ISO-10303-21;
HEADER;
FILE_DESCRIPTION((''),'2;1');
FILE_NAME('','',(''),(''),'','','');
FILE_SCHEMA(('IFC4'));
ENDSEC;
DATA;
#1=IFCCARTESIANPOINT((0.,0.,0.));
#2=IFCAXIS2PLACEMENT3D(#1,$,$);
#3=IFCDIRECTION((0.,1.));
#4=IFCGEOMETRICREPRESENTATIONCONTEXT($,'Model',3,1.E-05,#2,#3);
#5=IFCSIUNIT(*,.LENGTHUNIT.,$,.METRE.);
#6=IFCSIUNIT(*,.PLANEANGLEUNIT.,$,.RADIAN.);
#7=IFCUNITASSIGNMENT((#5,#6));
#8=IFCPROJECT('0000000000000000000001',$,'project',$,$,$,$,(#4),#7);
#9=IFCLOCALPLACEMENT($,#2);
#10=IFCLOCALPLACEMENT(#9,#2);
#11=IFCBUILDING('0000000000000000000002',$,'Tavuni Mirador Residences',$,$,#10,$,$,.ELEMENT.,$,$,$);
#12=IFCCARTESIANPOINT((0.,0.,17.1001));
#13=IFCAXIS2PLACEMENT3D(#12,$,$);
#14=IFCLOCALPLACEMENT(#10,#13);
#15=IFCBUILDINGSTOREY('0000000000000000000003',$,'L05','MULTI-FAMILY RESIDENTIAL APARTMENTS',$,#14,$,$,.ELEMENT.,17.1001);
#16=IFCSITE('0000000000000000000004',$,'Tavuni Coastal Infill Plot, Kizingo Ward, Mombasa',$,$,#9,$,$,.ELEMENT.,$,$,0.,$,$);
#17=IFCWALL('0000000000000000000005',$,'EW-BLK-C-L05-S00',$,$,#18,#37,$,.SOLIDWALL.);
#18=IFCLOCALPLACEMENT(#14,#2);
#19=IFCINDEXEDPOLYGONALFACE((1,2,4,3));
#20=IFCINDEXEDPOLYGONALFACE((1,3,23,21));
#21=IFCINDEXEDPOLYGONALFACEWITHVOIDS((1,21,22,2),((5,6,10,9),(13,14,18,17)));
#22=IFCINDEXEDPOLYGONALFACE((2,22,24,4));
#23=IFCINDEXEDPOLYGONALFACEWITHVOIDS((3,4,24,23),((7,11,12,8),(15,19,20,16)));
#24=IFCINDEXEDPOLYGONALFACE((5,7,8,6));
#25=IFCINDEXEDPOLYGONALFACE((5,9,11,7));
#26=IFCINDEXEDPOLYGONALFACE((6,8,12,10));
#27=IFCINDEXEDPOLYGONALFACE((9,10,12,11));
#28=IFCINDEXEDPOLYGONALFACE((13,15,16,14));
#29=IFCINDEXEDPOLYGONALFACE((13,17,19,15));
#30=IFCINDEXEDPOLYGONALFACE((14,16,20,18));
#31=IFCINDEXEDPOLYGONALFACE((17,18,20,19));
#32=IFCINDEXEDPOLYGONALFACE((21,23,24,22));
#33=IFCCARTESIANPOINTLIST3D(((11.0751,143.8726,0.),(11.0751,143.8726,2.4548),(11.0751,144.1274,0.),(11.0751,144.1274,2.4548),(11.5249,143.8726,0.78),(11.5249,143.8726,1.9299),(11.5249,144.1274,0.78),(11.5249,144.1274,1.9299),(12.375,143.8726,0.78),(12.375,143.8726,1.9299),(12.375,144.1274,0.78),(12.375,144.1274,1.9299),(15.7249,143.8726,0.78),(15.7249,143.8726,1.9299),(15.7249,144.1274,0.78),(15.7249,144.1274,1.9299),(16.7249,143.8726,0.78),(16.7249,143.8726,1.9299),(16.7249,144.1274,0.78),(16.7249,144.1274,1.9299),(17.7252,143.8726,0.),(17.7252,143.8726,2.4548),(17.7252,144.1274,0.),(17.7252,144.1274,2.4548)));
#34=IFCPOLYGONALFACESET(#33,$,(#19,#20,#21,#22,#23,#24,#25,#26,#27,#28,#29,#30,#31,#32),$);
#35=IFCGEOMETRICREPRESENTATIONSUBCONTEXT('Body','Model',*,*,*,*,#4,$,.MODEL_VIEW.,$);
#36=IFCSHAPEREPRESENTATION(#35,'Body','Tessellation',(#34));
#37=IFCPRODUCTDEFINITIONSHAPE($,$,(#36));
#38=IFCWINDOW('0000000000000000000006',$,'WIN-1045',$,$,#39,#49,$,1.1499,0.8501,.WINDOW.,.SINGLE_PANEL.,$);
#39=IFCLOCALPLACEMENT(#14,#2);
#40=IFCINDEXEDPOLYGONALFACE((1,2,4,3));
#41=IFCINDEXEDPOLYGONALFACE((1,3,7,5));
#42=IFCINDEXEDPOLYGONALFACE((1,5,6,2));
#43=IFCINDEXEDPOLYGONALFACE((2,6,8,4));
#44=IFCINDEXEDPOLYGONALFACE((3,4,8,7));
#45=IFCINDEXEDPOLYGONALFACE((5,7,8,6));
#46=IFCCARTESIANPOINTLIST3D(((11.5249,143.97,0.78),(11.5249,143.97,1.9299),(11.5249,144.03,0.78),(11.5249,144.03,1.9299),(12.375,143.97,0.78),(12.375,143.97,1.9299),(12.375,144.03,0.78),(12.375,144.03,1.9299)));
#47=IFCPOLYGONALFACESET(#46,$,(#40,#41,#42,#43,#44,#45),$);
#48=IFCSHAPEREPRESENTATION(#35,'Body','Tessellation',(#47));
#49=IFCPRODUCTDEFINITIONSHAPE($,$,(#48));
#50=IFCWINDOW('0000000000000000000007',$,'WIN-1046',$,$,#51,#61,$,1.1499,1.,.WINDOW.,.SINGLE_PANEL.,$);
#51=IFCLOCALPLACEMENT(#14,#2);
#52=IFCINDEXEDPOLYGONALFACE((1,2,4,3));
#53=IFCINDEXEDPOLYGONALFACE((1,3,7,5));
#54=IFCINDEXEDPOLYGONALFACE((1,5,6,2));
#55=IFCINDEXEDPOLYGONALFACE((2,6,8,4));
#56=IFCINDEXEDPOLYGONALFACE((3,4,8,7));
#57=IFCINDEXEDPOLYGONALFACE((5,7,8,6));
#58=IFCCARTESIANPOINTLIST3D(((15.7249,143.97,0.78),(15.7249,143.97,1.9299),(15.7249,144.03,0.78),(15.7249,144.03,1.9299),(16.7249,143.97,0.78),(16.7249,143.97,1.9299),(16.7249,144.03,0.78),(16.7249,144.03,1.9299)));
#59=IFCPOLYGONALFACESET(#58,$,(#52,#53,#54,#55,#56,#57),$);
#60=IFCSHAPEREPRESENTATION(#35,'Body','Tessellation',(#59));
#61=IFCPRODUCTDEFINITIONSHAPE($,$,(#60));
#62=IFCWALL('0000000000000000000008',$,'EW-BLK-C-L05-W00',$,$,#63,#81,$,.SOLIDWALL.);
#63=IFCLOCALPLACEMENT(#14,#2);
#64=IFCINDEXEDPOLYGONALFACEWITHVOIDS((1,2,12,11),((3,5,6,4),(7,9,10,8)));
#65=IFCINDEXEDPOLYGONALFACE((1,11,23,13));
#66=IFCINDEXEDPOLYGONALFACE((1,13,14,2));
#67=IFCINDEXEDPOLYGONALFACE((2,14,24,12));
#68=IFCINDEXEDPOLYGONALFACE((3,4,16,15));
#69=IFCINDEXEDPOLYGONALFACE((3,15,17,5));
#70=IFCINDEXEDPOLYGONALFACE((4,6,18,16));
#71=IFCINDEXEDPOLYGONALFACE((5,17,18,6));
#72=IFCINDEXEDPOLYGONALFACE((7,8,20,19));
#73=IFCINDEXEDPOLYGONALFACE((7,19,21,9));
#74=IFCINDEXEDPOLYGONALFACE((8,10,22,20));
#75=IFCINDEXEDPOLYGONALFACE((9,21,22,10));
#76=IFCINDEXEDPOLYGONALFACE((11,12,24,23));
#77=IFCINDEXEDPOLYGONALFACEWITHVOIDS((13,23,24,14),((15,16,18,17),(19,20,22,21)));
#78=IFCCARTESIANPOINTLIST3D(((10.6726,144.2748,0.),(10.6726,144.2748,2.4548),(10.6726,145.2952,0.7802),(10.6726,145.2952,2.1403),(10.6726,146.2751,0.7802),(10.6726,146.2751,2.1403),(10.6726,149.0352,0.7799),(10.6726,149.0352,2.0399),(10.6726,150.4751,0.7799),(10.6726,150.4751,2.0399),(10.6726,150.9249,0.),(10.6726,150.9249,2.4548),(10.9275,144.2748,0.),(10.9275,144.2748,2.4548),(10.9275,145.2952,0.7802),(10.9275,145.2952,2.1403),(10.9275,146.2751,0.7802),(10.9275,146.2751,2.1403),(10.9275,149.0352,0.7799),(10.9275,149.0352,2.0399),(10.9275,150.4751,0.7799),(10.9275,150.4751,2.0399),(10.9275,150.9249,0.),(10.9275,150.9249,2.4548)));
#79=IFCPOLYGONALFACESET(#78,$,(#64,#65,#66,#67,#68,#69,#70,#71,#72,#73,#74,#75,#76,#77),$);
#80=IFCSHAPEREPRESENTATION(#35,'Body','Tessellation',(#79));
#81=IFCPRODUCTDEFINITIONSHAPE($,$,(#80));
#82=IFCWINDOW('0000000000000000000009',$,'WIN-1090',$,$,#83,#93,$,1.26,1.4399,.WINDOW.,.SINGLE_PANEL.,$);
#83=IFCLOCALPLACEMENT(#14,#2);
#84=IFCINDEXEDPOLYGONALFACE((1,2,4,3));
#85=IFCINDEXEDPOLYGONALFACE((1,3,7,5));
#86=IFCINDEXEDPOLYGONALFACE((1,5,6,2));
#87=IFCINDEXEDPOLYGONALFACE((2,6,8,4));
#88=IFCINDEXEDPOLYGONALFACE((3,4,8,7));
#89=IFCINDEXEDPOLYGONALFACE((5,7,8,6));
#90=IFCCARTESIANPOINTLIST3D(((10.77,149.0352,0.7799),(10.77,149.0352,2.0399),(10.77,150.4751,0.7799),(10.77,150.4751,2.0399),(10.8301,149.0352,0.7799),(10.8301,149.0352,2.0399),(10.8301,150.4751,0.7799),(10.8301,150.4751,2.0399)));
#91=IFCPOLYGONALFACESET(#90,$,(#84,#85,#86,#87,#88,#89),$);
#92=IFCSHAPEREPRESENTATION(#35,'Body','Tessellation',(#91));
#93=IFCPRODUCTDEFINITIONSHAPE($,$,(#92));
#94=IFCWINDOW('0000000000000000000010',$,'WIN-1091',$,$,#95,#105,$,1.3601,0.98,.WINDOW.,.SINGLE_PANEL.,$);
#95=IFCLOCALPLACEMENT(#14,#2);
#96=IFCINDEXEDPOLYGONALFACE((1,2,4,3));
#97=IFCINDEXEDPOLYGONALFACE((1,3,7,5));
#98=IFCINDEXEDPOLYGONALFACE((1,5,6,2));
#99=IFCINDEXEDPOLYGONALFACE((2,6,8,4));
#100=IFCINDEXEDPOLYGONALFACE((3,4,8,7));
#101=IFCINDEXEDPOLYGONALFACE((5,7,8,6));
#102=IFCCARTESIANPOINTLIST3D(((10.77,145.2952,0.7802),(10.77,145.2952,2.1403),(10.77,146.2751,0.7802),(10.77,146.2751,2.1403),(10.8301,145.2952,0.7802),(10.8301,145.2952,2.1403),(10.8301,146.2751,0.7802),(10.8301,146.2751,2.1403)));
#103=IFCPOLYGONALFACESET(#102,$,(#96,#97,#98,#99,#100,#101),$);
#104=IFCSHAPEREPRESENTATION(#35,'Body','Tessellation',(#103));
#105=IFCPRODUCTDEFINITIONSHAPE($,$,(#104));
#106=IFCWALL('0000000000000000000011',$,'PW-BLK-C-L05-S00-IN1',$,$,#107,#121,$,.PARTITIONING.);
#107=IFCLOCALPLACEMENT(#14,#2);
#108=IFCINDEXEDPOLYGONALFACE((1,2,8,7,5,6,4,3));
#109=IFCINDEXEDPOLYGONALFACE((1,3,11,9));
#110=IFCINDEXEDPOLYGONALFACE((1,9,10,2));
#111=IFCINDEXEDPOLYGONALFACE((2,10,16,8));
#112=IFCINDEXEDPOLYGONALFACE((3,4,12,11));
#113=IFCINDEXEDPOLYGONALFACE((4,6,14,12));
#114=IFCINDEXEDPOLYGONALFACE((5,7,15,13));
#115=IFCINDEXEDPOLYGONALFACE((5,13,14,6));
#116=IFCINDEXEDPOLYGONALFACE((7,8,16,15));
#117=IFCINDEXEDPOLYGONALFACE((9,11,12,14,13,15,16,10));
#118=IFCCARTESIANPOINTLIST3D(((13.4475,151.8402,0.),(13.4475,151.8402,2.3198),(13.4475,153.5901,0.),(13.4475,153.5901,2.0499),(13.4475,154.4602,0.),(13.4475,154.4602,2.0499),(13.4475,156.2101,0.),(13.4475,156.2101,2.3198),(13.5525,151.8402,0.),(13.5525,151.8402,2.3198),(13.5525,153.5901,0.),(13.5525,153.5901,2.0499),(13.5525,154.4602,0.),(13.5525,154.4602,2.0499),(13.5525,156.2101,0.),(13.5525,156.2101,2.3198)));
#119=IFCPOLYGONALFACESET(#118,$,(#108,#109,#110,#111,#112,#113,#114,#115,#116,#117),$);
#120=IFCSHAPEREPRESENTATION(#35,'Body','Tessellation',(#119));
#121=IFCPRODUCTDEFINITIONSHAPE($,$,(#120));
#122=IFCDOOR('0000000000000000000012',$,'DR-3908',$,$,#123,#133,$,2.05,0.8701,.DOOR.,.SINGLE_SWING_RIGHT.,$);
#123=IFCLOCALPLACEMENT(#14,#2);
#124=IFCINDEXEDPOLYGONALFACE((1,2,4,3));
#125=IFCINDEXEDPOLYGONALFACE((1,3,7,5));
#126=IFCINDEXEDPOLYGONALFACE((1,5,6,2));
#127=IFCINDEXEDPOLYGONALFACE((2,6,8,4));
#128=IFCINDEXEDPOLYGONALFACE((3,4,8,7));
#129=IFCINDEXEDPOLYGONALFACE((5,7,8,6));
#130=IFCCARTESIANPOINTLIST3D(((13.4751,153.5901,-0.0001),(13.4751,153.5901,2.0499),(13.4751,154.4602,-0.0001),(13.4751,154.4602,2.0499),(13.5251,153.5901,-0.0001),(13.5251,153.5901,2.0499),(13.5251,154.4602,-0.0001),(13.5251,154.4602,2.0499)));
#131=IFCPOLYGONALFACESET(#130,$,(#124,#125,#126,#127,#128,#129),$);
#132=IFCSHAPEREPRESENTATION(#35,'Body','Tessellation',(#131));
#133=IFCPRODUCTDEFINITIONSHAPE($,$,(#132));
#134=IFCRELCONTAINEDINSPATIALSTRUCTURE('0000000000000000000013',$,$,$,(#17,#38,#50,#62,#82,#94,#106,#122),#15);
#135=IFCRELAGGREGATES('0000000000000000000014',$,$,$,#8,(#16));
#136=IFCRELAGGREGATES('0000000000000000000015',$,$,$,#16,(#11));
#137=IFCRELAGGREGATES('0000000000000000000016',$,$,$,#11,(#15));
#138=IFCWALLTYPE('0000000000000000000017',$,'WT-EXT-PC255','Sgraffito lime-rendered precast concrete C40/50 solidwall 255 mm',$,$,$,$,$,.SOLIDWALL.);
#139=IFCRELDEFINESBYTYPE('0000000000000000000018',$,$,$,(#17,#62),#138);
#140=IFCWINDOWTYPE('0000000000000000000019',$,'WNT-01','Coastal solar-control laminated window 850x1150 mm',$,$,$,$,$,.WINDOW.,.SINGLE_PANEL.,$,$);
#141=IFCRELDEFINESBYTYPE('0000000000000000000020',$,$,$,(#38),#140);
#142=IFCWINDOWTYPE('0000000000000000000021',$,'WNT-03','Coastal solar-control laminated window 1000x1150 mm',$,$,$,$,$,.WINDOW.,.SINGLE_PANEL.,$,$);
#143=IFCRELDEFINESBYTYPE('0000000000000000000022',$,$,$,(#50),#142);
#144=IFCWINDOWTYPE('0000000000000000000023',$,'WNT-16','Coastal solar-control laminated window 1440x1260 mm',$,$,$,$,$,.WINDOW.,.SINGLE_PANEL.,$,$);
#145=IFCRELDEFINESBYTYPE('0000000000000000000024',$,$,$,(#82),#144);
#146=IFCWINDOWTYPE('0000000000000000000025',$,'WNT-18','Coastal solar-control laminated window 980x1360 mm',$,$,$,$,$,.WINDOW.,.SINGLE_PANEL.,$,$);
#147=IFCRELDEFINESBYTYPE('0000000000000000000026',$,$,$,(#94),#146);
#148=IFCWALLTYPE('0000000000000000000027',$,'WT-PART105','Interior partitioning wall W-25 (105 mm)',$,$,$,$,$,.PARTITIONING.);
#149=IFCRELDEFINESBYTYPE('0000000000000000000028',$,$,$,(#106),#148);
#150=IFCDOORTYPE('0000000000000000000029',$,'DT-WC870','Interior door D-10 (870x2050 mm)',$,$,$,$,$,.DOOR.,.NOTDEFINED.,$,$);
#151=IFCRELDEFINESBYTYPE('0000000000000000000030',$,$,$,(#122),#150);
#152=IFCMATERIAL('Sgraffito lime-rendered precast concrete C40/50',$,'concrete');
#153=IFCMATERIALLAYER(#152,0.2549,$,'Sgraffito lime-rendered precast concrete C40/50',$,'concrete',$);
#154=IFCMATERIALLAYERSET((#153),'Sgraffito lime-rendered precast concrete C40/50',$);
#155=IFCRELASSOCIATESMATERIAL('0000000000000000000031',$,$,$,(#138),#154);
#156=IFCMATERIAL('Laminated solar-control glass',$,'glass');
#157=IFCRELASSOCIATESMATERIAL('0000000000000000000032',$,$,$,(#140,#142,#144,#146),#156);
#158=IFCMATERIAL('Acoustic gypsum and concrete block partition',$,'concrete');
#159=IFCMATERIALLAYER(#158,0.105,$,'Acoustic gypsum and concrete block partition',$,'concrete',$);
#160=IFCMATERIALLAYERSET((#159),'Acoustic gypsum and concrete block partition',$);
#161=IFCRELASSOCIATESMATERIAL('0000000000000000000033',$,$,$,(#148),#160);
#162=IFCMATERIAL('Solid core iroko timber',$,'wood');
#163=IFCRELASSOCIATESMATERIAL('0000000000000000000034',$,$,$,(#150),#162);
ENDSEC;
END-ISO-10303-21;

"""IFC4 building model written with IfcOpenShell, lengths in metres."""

from ifc_helpers import new_model, si_unit, direction, frame, frame_2d, origin, place, context, subcontext, project, spatial, rectangle, extrude, material, layer, layer_set, type_object, element, fill, save


model = new_model("IFC4")

# Units and contexts
model_context = context("Model", 3, precision=1e-05, world=origin(), true_north=direction((0.0, 1.0)))
body_context = subcontext(model_context, "Body", "Model", "MODEL_VIEW")
ifc_project = project(units=[si_unit("LENGTHUNIT", "METRE"), si_unit("PLANEANGLEUNIT", "RADIAN")], contexts=[model_context])

# Site, building, storey
site_placement = place(None, origin())
site = spatial("IfcSite", under=ifc_project, at=site_placement, Name="Tavuni Coastal Infill Plot, Kizingo Ward, Mombasa", CompositionType="ELEMENT", RefElevation=0.0)
building_placement = place(site_placement, origin())
building = spatial("IfcBuilding", under=site, at=building_placement, Name="Tavuni Mirador Residences", CompositionType="ELEMENT")
storey_placement = place(building_placement, frame((0.0, 0.0, 17.1001)))
storey = spatial("IfcBuildingStorey", under=building, at=storey_placement, Name="L05", Description="MULTI-FAMILY RESIDENTIAL APARTMENTS", CompositionType="ELEMENT", Elevation=17.1001)

# Shared definitions
ifc_material_1 = material(Name="Solid core iroko timber", Category="wood")

# Walls, openings, windows
ifc_material_2 = material(Name="Sgraffito lime-rendered precast concrete C40/50", Category="concrete")
ifc_layer_1 = layer(ifc_material_2, 0.2549, Name="Sgraffito lime-rendered precast concrete C40/50", Category="concrete")
ifc_layer_set_1 = layer_set([ifc_layer_1], Name="Sgraffito lime-rendered precast concrete C40/50")
wall_type_1 = type_object("IfcWallType", Name="WT-EXT-PC255", Description="Sgraffito lime-rendered precast concrete C40/50 solidwall 255 mm", PredefinedType="SOLIDWALL", material=ifc_layer_set_1)
wall_1_placement = place(storey_placement, frame((11.075, 144.0, 0.0), z_axis=(0.0, 0.0, 1.0), x_axis=(1.0, 0.0, 0.0)))
wall_1 = element("IfcWall", 1, at=wall_1_placement, inside=storey, type_object=wall_type_1, Name="EW-BLK-C-L05-S00", PredefinedType="SOLIDWALL", context=body_context, shape_type="SweptSolid", body=[
    extrude(rectangle(XDim=6.6501, YDim=0.2549, at=frame_2d((3.3252, 0.0))), origin(), (0.0, 0.0, 1.0), 2.4548),
])
opening_1_placement = place(wall_1_placement, frame((0.45, 0.0, 0.78)))
opening_1 = element("IfcOpeningElement", 2, at=opening_1_placement, cuts=wall_1, PredefinedType="OPENING", context=body_context, shape_type="SweptSolid", body=[
    extrude(rectangle(XDim=0.8501, YDim=1.1499, at=frame_2d((0.425, 0.575))), frame((0.0, 0.1375, 0.0), z_axis=(0.0, -1.0, 0.0), x_axis=(1.0, 0.0, 0.0)), (0.0, 0.0, 1.0), 0.2749),
])
opening_2_placement = place(wall_1_placement, frame((4.6499, 0.0, 0.78)))
opening_2 = element("IfcOpeningElement", 3, at=opening_2_placement, cuts=wall_1, PredefinedType="OPENING", context=body_context, shape_type="SweptSolid", body=[
    extrude(rectangle(XDim=1.0, YDim=1.1499, at=frame_2d((0.5, 0.575))), frame((0.0, 0.1375, 0.0), z_axis=(0.0, -1.0, 0.0), x_axis=(1.0, 0.0, 0.0)), (0.0, 0.0, 1.0), 0.2749),
])
ifc_material_3 = material(Name="Laminated solar-control glass", Category="glass")
window_type_1 = type_object("IfcWindowType", Name="WNT-01", Description="Coastal solar-control laminated window 850x1150 mm", PartitioningType="SINGLE_PANEL", PredefinedType="WINDOW", material=ifc_material_3)
window_1_placement = place(opening_1_placement, origin())
window_1 = element("IfcWindow", 4, at=window_1_placement, inside=storey, type_object=window_type_1, Name="WIN-1045", OverallHeight=1.1499, OverallWidth=0.8501, PartitioningType="SINGLE_PANEL", PredefinedType="WINDOW", context=body_context, shape_type="SweptSolid", body=[
    extrude(rectangle(XDim=0.8501, YDim=1.1499, at=frame_2d((0.425, 0.575))), frame((0.0, 0.03, 0.0), z_axis=(0.0, -1.0, 0.0), x_axis=(1.0, 0.0, 0.0)), (0.0, 0.0, 1.0), 0.0601),
])
fill(opening_1, window_1)
window_type_2 = type_object("IfcWindowType", Name="WNT-03", Description="Coastal solar-control laminated window 1000x1150 mm", PartitioningType="SINGLE_PANEL", PredefinedType="WINDOW", material=ifc_material_3)
window_2_placement = place(opening_2_placement, origin())
window_2 = element("IfcWindow", 5, at=window_2_placement, inside=storey, type_object=window_type_2, Name="WIN-1046", OverallHeight=1.1499, OverallWidth=1.0, PartitioningType="SINGLE_PANEL", PredefinedType="WINDOW", context=body_context, shape_type="SweptSolid", body=[
    extrude(rectangle(XDim=1.0, YDim=1.1499, at=frame_2d((0.5, 0.575))), frame((0.0, 0.03, 0.0), z_axis=(0.0, -1.0, 0.0), x_axis=(1.0, 0.0, 0.0)), (0.0, 0.0, 1.0), 0.0601),
])
fill(opening_2, window_2)
wall_2_placement = place(storey_placement, frame((10.8, 150.925, 0.0), z_axis=(0.0, 0.0, 1.0), x_axis=(0.0, -1.0, 0.0)))
wall_2 = element("IfcWall", 6, at=wall_2_placement, inside=storey, type_object=wall_type_1, Name="EW-BLK-C-L05-W00", PredefinedType="SOLIDWALL", context=body_context, shape_type="SweptSolid", body=[
    extrude(rectangle(XDim=6.6501, YDim=0.2549, at=frame_2d((3.3252, 0.0))), origin(), (0.0, 0.0, 1.0), 2.4548),
])
opening_3_placement = place(wall_2_placement, frame((0.45, 0.0, 0.78)))
opening_3 = element("IfcOpeningElement", 7, at=opening_3_placement, cuts=wall_2, PredefinedType="OPENING", context=body_context, shape_type="SweptSolid", body=[
    extrude(rectangle(XDim=1.4399, YDim=1.26, at=frame_2d((0.72, 0.6299))), frame((0.0, 0.1375, 0.0), z_axis=(0.0, -1.0, 0.0), x_axis=(1.0, 0.0, 0.0)), (0.0, 0.0, 1.0), 0.2749),
])
opening_4_placement = place(wall_2_placement, frame((4.6499, 0.0, 0.78)))
opening_4 = element("IfcOpeningElement", 8, at=opening_4_placement, cuts=wall_2, PredefinedType="OPENING", context=body_context, shape_type="SweptSolid", body=[
    extrude(rectangle(XDim=0.98, YDim=1.3601, at=frame_2d((0.49, 0.6802))), frame((0.0, 0.1375, 0.0), z_axis=(0.0, -1.0, 0.0), x_axis=(1.0, 0.0, 0.0)), (0.0, 0.0, 1.0), 0.2749),
])
window_type_3 = type_object("IfcWindowType", Name="WNT-16", Description="Coastal solar-control laminated window 1440x1260 mm", PartitioningType="SINGLE_PANEL", PredefinedType="WINDOW", material=ifc_material_3)
window_3_placement = place(opening_3_placement, origin())
window_3 = element("IfcWindow", 9, at=window_3_placement, inside=storey, type_object=window_type_3, Name="WIN-1090", OverallHeight=1.26, OverallWidth=1.4399, PartitioningType="SINGLE_PANEL", PredefinedType="WINDOW", context=body_context, shape_type="SweptSolid", body=[
    extrude(rectangle(XDim=1.4399, YDim=1.26, at=frame_2d((0.72, 0.6299))), frame((0.0, 0.03, 0.0), z_axis=(0.0, -1.0, 0.0), x_axis=(1.0, 0.0, 0.0)), (0.0, 0.0, 1.0), 0.0601),
])
fill(opening_3, window_3)
window_type_4 = type_object("IfcWindowType", Name="WNT-18", Description="Coastal solar-control laminated window 980x1360 mm", PartitioningType="SINGLE_PANEL", PredefinedType="WINDOW", material=ifc_material_3)
window_4_placement = place(opening_4_placement, origin())
window_4 = element("IfcWindow", 10, at=window_4_placement, inside=storey, type_object=window_type_4, Name="WIN-1091", OverallHeight=1.3601, OverallWidth=0.98, PartitioningType="SINGLE_PANEL", PredefinedType="WINDOW", context=body_context, shape_type="SweptSolid", body=[
    extrude(rectangle(XDim=0.98, YDim=1.3601, at=frame_2d((0.49, 0.6802))), frame((0.0, 0.03, 0.0), z_axis=(0.0, -1.0, 0.0), x_axis=(1.0, 0.0, 0.0)), (0.0, 0.0, 1.0), 0.0601),
])
fill(opening_4, window_4)

# Wall, opening, door
ifc_material_4 = material(Name="Acoustic gypsum and concrete block partition", Category="concrete")
ifc_layer_2 = layer(ifc_material_4, 0.105, Name="Acoustic gypsum and concrete block partition", Category="concrete")
ifc_layer_set_2 = layer_set([ifc_layer_2], Name="Acoustic gypsum and concrete block partition")
wall_type_2 = type_object("IfcWallType", Name="WT-PART105", Description="Interior partitioning wall W-25 (105 mm)", PredefinedType="PARTITIONING", material=ifc_layer_set_2)
wall_3_placement = place(storey_placement, frame((13.5, 151.8401, 0.0), z_axis=(0.0, 0.0, 1.0), x_axis=(0.0, 1.0, 0.0)))
wall_3 = element("IfcWall", 11, at=wall_3_placement, inside=storey, type_object=wall_type_2, Name="PW-BLK-C-L05-S00-IN1", PredefinedType="PARTITIONING", context=body_context, shape_type="SweptSolid", body=[
    extrude(rectangle(XDim=4.3699, YDim=0.105, at=frame_2d((2.1851, 0.0))), origin(), (0.0, 0.0, 1.0), 2.3198),
])
opening_5_placement = place(wall_3_placement, frame((1.75, 0.0, 0.0)))
opening_5 = element("IfcOpeningElement", 12, at=opening_5_placement, cuts=wall_3, PredefinedType="OPENING", context=body_context, shape_type="SweptSolid", body=[
    extrude(rectangle(XDim=0.8701, YDim=2.05, at=frame_2d((0.4351, 1.0249))), frame((0.0, 0.0625, 0.0), z_axis=(0.0, -1.0, 0.0), x_axis=(1.0, 0.0, 0.0)), (0.0, 0.0, 1.0), 0.125),
])
door_type_1 = type_object("IfcDoorType", Name="DT-WC870", Description="Interior door D-10 (870x2050 mm)", OperationType="NOTDEFINED", PredefinedType="DOOR", material=ifc_material_1)
door_1_placement = place(opening_5_placement, origin())
door_1 = element("IfcDoor", 13, at=door_1_placement, inside=storey, type_object=door_type_1, Name="DR-3908", OperationType="SINGLE_SWING_RIGHT", OverallHeight=2.05, OverallWidth=0.8701, PredefinedType="DOOR", context=body_context, shape_type="SweptSolid", body=[
    extrude(rectangle(XDim=0.8701, YDim=2.05, at=frame_2d((0.4351, 1.0249))), frame((0.0, 0.0249, 0.0), z_axis=(0.0, -1.0, 0.0), x_axis=(1.0, 0.0, 0.0)), (0.0, 0.0, 1.0), 0.05),
])
fill(opening_5, door_1)

save(model, "model.ifc")
